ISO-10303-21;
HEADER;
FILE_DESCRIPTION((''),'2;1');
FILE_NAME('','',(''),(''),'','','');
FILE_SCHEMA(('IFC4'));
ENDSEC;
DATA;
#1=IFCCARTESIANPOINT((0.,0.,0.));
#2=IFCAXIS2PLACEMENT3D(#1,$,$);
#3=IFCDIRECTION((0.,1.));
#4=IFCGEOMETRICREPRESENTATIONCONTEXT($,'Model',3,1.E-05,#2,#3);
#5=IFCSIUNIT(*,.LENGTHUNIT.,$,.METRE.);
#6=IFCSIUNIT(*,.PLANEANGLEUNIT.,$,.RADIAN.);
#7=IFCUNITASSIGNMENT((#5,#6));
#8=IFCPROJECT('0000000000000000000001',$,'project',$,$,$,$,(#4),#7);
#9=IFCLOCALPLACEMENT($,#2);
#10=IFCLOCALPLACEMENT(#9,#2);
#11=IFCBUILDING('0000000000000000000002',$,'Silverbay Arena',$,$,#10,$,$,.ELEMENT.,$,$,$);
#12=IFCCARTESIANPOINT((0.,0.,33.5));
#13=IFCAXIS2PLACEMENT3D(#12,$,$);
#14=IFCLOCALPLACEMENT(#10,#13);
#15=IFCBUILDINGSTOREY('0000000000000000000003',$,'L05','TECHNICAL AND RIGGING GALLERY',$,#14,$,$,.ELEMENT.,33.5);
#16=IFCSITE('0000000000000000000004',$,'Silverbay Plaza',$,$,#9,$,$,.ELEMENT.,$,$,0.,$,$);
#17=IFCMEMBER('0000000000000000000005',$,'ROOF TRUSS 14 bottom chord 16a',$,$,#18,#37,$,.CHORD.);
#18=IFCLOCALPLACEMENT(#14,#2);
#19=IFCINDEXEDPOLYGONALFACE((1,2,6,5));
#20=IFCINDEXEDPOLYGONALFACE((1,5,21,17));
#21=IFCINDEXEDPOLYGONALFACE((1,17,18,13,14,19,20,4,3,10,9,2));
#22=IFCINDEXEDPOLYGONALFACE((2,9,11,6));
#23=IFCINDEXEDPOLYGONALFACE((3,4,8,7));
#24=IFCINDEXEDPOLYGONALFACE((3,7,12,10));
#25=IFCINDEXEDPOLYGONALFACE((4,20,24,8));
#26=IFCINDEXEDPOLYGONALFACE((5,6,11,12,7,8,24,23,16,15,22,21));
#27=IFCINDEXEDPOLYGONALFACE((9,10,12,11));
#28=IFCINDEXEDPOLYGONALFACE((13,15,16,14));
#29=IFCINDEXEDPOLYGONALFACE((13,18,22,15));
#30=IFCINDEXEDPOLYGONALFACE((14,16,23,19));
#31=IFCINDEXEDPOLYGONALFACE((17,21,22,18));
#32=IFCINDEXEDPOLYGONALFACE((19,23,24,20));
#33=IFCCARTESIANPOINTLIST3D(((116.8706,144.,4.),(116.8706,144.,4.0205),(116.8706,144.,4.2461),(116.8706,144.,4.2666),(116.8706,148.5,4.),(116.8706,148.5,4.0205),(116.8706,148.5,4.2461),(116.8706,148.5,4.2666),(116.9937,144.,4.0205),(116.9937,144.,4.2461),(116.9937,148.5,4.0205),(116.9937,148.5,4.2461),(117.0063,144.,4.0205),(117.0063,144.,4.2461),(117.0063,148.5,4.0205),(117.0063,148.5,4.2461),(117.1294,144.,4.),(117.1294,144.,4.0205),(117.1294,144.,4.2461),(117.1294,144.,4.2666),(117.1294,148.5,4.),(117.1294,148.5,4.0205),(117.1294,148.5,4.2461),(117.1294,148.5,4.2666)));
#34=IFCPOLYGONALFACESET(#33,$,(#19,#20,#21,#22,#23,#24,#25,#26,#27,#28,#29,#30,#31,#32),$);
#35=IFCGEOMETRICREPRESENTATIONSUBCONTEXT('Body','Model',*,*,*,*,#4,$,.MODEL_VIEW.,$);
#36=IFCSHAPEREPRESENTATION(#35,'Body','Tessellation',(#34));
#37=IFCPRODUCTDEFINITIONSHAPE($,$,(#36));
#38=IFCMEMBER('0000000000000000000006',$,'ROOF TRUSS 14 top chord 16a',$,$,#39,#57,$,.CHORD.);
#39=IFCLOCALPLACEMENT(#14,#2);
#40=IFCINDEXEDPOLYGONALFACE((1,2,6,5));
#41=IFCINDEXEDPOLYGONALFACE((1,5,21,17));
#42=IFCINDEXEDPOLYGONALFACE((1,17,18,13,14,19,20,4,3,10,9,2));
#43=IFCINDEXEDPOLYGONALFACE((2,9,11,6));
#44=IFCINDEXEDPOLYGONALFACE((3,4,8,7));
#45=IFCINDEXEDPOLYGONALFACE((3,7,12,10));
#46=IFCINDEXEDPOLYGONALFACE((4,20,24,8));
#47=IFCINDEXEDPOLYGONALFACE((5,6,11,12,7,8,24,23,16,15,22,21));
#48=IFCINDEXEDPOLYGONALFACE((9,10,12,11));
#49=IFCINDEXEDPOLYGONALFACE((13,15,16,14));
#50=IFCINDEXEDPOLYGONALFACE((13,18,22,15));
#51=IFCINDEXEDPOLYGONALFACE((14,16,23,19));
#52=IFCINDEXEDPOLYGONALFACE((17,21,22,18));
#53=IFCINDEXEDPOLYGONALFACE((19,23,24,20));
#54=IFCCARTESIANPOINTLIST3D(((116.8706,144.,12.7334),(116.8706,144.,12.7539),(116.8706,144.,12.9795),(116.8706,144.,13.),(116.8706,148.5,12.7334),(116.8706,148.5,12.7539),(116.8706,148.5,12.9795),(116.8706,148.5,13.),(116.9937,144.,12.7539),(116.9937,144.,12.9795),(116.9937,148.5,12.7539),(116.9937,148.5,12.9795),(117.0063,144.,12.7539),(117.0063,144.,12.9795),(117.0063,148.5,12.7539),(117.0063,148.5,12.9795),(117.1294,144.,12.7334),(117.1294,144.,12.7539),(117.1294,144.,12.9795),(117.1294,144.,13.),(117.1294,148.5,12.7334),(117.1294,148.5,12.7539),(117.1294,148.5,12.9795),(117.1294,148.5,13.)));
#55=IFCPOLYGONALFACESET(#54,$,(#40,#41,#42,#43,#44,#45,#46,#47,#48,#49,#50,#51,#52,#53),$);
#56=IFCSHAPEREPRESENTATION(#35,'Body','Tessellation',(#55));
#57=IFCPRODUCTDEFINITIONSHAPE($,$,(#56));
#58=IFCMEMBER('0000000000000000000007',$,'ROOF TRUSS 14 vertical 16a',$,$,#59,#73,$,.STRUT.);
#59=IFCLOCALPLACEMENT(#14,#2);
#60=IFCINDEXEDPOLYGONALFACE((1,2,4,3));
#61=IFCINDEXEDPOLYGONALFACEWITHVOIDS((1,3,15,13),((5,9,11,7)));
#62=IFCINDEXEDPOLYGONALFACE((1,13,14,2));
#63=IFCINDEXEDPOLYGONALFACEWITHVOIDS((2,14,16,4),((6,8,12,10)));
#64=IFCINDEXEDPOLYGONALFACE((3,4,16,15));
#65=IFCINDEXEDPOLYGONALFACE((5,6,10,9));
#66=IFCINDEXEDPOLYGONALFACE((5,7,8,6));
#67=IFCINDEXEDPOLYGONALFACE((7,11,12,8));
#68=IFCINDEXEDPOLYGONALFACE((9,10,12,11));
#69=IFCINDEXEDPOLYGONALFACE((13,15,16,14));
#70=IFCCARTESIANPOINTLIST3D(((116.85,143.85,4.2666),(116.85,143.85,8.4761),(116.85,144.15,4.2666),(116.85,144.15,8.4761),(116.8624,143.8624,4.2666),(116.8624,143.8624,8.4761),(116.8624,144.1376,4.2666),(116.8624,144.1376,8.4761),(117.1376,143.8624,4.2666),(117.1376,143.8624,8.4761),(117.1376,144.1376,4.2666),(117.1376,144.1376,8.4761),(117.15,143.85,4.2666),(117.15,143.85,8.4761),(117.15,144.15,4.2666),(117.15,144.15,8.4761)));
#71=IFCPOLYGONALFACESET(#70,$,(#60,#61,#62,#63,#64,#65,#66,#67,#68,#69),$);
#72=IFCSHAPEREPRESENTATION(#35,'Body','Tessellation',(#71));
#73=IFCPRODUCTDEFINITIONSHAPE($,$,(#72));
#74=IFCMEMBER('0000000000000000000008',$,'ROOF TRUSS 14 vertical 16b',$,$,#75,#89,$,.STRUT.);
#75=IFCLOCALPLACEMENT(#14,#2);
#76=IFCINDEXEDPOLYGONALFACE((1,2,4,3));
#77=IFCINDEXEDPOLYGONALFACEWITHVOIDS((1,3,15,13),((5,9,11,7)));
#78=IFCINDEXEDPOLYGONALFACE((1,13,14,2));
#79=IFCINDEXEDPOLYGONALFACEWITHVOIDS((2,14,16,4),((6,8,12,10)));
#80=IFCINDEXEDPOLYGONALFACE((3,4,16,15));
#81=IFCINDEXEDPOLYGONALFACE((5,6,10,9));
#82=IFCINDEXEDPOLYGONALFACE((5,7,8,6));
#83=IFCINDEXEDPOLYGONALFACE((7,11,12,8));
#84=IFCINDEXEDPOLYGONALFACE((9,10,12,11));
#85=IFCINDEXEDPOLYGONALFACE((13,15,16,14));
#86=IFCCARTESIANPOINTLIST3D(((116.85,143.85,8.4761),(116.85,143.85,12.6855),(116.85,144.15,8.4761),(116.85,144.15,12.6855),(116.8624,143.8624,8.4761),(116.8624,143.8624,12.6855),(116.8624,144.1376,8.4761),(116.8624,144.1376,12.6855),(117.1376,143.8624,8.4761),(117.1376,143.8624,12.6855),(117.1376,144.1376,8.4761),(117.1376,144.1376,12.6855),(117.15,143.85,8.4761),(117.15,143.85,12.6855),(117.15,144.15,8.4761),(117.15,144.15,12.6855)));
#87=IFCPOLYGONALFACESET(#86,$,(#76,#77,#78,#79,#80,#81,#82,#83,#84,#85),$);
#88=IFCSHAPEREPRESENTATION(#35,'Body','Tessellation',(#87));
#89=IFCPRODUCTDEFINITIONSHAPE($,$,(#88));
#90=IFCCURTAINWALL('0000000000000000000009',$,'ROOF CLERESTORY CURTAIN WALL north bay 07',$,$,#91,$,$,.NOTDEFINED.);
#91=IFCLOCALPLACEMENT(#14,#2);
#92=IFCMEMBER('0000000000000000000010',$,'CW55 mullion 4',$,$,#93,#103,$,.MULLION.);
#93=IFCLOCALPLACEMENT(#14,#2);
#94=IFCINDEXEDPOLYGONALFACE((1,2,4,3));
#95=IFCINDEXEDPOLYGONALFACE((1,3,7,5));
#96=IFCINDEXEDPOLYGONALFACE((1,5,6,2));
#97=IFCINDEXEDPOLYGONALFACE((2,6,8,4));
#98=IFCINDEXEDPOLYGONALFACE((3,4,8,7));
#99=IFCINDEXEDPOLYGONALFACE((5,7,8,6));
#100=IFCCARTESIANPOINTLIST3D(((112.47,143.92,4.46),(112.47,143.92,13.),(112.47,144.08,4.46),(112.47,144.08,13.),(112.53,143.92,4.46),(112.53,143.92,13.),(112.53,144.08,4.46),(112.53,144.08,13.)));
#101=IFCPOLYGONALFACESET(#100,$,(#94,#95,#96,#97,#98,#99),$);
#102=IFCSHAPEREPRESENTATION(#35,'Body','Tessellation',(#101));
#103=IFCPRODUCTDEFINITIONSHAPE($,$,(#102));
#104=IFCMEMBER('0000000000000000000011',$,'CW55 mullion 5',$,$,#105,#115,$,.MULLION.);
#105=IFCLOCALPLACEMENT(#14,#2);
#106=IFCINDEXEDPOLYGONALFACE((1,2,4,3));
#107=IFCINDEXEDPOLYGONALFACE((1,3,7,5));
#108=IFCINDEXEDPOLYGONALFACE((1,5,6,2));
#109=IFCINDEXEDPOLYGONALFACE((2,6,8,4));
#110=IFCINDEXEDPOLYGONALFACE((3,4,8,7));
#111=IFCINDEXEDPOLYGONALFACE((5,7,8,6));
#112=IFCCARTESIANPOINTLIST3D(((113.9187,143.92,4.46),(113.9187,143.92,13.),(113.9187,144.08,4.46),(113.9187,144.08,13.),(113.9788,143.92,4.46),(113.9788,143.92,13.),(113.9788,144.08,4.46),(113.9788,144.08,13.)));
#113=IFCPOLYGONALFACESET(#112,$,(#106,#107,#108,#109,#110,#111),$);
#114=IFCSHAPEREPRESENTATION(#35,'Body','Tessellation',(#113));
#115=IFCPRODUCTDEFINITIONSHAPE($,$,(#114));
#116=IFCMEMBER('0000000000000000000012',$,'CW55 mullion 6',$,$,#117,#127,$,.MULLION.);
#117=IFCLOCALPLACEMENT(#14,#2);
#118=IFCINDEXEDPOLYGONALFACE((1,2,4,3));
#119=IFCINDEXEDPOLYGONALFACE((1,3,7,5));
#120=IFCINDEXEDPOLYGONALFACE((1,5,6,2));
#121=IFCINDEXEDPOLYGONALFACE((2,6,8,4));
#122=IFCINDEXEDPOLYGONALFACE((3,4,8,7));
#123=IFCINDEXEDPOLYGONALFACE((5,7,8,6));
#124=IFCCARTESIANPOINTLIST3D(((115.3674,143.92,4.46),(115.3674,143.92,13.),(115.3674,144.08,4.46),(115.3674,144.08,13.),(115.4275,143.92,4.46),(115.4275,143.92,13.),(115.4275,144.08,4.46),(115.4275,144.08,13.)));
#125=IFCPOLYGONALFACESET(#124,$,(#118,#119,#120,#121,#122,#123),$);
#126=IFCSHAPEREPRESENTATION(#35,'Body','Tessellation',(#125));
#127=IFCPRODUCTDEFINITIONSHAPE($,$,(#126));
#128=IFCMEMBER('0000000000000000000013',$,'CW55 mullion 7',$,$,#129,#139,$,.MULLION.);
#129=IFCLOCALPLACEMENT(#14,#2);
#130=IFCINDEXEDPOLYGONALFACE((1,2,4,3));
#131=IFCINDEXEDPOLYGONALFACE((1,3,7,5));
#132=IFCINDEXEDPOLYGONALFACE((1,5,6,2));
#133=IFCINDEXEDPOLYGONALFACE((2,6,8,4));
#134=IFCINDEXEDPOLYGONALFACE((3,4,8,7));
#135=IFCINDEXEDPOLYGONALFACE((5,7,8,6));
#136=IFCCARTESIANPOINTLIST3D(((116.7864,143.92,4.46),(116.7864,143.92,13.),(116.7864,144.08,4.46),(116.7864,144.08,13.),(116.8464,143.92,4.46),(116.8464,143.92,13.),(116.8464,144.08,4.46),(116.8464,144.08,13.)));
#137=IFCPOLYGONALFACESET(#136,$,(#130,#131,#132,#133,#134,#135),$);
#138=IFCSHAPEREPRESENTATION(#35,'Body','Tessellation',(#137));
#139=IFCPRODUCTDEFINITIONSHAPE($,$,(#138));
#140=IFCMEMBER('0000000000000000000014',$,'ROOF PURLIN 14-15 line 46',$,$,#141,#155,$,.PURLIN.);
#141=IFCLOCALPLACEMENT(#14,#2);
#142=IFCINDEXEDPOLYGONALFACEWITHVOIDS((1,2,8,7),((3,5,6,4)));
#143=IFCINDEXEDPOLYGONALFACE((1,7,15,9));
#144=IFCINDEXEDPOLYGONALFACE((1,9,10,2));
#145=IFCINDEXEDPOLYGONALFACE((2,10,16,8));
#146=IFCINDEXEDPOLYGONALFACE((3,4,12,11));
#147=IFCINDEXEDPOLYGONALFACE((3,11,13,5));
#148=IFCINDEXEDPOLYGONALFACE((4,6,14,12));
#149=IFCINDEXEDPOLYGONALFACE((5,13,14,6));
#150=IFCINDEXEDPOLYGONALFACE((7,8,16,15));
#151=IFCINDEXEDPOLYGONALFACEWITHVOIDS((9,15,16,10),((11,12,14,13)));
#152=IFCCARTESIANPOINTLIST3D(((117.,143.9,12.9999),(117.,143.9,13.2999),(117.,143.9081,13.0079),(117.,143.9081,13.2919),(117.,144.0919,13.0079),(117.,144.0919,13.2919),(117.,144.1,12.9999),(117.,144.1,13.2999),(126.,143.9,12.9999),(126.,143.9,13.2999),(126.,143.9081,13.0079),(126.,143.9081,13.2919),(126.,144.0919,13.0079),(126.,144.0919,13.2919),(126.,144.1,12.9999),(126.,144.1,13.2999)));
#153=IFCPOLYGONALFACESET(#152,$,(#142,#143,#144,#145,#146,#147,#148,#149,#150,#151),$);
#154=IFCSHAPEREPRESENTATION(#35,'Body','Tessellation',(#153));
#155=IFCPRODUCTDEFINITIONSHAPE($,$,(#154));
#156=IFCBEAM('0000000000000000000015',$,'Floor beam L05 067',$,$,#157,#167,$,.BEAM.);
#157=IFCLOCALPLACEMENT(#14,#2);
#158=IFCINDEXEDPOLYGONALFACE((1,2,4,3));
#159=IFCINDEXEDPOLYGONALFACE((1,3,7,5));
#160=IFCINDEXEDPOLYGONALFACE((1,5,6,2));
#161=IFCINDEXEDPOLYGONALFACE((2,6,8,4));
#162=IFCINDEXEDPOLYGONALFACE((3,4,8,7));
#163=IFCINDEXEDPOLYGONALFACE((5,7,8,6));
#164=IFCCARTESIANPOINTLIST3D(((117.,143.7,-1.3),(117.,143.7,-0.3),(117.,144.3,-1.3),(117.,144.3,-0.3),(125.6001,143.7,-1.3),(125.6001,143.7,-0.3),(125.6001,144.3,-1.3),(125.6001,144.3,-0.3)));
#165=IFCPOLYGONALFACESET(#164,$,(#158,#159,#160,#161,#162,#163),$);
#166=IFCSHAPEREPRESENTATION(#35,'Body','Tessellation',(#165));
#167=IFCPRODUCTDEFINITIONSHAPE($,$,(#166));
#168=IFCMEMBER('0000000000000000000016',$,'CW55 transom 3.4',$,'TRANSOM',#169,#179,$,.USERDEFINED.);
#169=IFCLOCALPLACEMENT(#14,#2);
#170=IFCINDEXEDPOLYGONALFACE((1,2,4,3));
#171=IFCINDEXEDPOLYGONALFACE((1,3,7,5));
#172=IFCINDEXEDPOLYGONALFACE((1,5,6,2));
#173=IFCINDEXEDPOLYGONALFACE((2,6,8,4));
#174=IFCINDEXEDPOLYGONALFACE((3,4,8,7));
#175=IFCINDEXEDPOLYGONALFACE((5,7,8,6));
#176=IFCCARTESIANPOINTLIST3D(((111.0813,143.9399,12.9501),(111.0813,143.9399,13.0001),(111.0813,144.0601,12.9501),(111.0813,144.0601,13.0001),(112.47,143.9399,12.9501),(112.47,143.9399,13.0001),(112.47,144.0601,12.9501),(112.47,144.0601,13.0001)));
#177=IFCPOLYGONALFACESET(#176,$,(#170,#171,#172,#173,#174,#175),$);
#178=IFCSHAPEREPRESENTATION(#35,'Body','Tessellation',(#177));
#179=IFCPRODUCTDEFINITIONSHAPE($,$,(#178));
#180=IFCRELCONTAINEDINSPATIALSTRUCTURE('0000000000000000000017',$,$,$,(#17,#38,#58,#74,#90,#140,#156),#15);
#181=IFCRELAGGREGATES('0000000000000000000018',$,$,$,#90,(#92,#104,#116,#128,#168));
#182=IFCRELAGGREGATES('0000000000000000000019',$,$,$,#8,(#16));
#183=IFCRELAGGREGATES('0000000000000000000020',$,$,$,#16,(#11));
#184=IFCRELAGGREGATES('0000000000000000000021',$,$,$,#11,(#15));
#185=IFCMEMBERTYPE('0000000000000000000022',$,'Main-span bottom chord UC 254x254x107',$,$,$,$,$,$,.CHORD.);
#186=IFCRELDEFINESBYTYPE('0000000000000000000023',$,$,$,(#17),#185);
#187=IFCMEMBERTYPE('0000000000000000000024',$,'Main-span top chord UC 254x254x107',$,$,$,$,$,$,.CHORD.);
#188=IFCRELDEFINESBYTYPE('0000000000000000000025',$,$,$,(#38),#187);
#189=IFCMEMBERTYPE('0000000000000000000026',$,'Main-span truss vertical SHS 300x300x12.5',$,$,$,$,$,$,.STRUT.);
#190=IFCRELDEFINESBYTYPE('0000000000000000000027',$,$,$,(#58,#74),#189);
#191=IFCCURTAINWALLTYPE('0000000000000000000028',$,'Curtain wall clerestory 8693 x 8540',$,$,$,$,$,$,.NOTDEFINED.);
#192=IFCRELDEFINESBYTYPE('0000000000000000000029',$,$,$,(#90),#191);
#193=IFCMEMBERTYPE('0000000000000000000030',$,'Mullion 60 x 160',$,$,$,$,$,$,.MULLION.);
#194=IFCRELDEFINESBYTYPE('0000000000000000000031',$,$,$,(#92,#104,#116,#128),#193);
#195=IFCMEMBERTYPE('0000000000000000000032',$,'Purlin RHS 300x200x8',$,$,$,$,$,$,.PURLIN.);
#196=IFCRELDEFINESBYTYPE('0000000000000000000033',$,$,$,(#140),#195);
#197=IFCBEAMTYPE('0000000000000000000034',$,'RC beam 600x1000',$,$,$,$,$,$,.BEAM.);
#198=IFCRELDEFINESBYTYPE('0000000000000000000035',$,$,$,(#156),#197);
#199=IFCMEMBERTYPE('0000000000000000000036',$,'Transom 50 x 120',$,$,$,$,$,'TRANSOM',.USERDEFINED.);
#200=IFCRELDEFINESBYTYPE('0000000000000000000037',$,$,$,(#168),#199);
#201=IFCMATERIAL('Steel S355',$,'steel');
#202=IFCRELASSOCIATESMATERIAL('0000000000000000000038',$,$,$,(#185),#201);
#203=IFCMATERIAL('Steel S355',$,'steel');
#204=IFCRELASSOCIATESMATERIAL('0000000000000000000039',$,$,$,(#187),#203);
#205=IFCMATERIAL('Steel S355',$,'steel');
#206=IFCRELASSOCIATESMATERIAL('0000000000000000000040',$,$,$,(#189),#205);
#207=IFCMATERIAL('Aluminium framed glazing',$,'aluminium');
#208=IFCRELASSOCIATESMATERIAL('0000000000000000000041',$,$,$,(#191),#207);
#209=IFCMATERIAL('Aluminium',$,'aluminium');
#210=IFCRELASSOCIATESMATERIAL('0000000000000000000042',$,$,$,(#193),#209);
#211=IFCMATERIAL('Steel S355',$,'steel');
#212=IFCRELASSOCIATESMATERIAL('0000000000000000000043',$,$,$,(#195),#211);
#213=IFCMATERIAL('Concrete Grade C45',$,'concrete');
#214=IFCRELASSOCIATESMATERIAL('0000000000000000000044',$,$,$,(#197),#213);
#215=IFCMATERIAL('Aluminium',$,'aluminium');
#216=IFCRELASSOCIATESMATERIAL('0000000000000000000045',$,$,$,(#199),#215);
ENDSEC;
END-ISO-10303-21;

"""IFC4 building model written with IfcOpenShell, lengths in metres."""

from ifc_helpers import new_model, si_unit, direction, frame, origin, origin_2d, place, context, subcontext, project, spatial, rectangle, hollow_rectangle, i_section, extrude, material, material_profile, profile_set, type_object, element, aggregate, save


model = new_model("IFC4")

# Units and contexts
model_context = context("Model", 3, precision=1e-05, world=origin(), true_north=direction((0.0, 1.0)))
body_context = subcontext(model_context, "Body", "Model", "MODEL_VIEW")
ifc_project = project(units=[si_unit("LENGTHUNIT", "METRE"), si_unit("PLANEANGLEUNIT", "RADIAN")], contexts=[model_context])

# Site, building, storey
site_placement = place(None, origin())
site = spatial("IfcSite", under=ifc_project, at=site_placement, Name="Silverbay Plaza", CompositionType="ELEMENT", RefElevation=0.0)
building_placement = place(site_placement, origin())
building = spatial("IfcBuilding", under=site, at=building_placement, Name="Silverbay Arena", CompositionType="ELEMENT")
storey_placement = place(building_placement, frame((0.0, 0.0, 33.5)))
storey = spatial("IfcBuildingStorey", under=building, at=storey_placement, Name="L05", Description="TECHNICAL AND RIGGING GALLERY", CompositionType="ELEMENT", Elevation=33.5)

# Members
ifc_material_1 = material(Name="Steel S355", Category="steel")
ifc_material_profile_1 = material_profile(ifc_material_1, i_section(OverallWidth=0.2588, OverallDepth=0.2666, WebThickness=0.0127, FlangeThickness=0.0205, at=origin_2d()), Name="UC 254x254x107")
ifc_profile_set_1 = profile_set([ifc_material_profile_1], Name="Steel S355")
member_type_1 = type_object("IfcMemberType", Name="Main-span bottom chord UC 254x254x107", PredefinedType="CHORD", material=ifc_profile_set_1)
member_1_placement = place(storey_placement, frame((117.0, 144.0, 4.1333), z_axis=(0.0, 1.0, 0.0), x_axis=(-1.0, 0.0, 0.0)))
element("IfcMember", 1, at=member_1_placement, inside=storey, type_object=member_type_1, Name="ROOF TRUSS 14 bottom chord 16a", PredefinedType="CHORD", context=body_context, shape_type="SweptSolid", body=[
    extrude(i_section(OverallWidth=0.2588, OverallDepth=0.2666, WebThickness=0.0127, FlangeThickness=0.0205, at=origin_2d()), origin(), (0.0, 0.0, 1.0), 4.5),
])
ifc_material_2 = material(Name="Steel S355", Category="steel")
ifc_material_profile_2 = material_profile(ifc_material_2, i_section(OverallWidth=0.2588, OverallDepth=0.2666, WebThickness=0.0127, FlangeThickness=0.0205, at=origin_2d()), Name="UC 254x254x107")
ifc_profile_set_2 = profile_set([ifc_material_profile_2], Name="Steel S355")
member_type_2 = type_object("IfcMemberType", Name="Main-span top chord UC 254x254x107", PredefinedType="CHORD", material=ifc_profile_set_2)
member_2_placement = place(storey_placement, frame((117.0, 144.0, 12.8667), z_axis=(0.0, 1.0, 0.0), x_axis=(-1.0, 0.0, 0.0)))
element("IfcMember", 2, at=member_2_placement, inside=storey, type_object=member_type_2, Name="ROOF TRUSS 14 top chord 16a", PredefinedType="CHORD", context=body_context, shape_type="SweptSolid", body=[
    extrude(i_section(OverallWidth=0.2588, OverallDepth=0.2666, WebThickness=0.0127, FlangeThickness=0.0205, at=origin_2d()), origin(), (0.0, 0.0, 1.0), 4.5),
])
ifc_material_3 = material(Name="Steel S355", Category="steel")
ifc_material_profile_3 = material_profile(ifc_material_3, hollow_rectangle(XDim=0.3, YDim=0.3, WallThickness=0.0125, at=origin_2d()), Name="SHS 300x300x12.5")
ifc_profile_set_3 = profile_set([ifc_material_profile_3], Name="Steel S355")
member_type_3 = type_object("IfcMemberType", Name="Main-span truss vertical SHS 300x300x12.5", PredefinedType="STRUT", material=ifc_profile_set_3)
for number, where, z_axis, x_axis, name in (
    (3, (117.0, 144.0, 4.2666), (0.0, 0.0, 1.0), (1.0, 0.0, 0.0), "ROOF TRUSS 14 vertical 16a"),
    (4, (117.0, 144.0, 8.4761), (0.0, 0.0, 1.0), (1.0, 0.0, 0.0), "ROOF TRUSS 14 vertical 16b"),
):
    element("IfcMember", number, at=place(storey_placement, frame(where, z_axis=z_axis, x_axis=x_axis)), inside=storey, type_object=member_type_3, Name=name, PredefinedType="STRUT", context=body_context, shape_type="SweptSolid", body=[
        extrude(hollow_rectangle(XDim=0.3, YDim=0.3, WallThickness=0.0125, at=origin_2d()), origin(), (0.0, 0.0, 1.0), 4.2095),
    ])

# Curtain wall, members
ifc_material_4 = material(Name="Aluminium framed glazing", Category="aluminium")
curtain_wall_type = type_object("IfcCurtainWallType", Name="Curtain wall clerestory 8693 x 8540", PredefinedType="NOTDEFINED", material=ifc_material_4)
curtain_wall_placement = place(storey_placement, origin())
curtain_wall = element("IfcCurtainWall", 5, at=curtain_wall_placement, inside=storey, type_object=curtain_wall_type, Name="ROOF CLERESTORY CURTAIN WALL north bay 07", PredefinedType="NOTDEFINED")
ifc_material_5 = material(Name="Aluminium", Category="aluminium")
ifc_material_profile_4 = material_profile(ifc_material_5, rectangle(XDim=0.1599, YDim=0.0601, at=origin_2d()), Name="Mullion 60 x 160")
ifc_profile_set_4 = profile_set([ifc_material_profile_4], Name="Aluminium")
member_type_4 = type_object("IfcMemberType", Name="Mullion 60 x 160", PredefinedType="MULLION", material=ifc_profile_set_4)
member_3_placement = place(storey_placement, frame((112.5, 144.0, 4.46), z_axis=(0.0, 0.0, 1.0), x_axis=(0.0, 1.0, 0.0)))
member_3 = element("IfcMember", 6, at=member_3_placement, type_object=member_type_4, Name="CW55 mullion 4", PredefinedType="MULLION", context=body_context, shape_type="SweptSolid", body=[
    extrude(rectangle(XDim=0.1599, YDim=0.0601, at=origin_2d()), origin(), (0.0, 0.0, 1.0), 8.54),
])
member_4_placement = place(storey_placement, frame((113.9487, 144.0, 4.46), z_axis=(0.0, 0.0, 1.0), x_axis=(0.0, 1.0, 0.0)))
member_4 = element("IfcMember", 7, at=member_4_placement, type_object=member_type_4, Name="CW55 mullion 5", PredefinedType="MULLION", context=body_context, shape_type="SweptSolid", body=[
    extrude(rectangle(XDim=0.1599, YDim=0.0601, at=origin_2d()), origin(), (0.0, 0.0, 1.0), 8.54),
])
member_5_placement = place(storey_placement, frame((115.3975, 144.0, 4.46), z_axis=(0.0, 0.0, 1.0), x_axis=(0.0, 1.0, 0.0)))
member_5 = element("IfcMember", 8, at=member_5_placement, type_object=member_type_4, Name="CW55 mullion 6", PredefinedType="MULLION", context=body_context, shape_type="SweptSolid", body=[
    extrude(rectangle(XDim=0.1599, YDim=0.0601, at=origin_2d()), origin(), (0.0, 0.0, 1.0), 8.54),
])
member_6_placement = place(storey_placement, frame((116.8164, 144.0, 4.46), z_axis=(0.0, 0.0, 1.0), x_axis=(0.0, 1.0, 0.0)))
member_6 = element("IfcMember", 9, at=member_6_placement, type_object=member_type_4, Name="CW55 mullion 7", PredefinedType="MULLION", context=body_context, shape_type="SweptSolid", body=[
    extrude(rectangle(XDim=0.1599, YDim=0.0601, at=origin_2d()), origin(), (0.0, 0.0, 1.0), 8.54),
])

# Member
ifc_material_6 = material(Name="Steel S355", Category="steel")
ifc_material_profile_5 = material_profile(ifc_material_6, hollow_rectangle(XDim=0.2, YDim=0.3, WallThickness=0.0081, at=origin_2d()), Name="RHS 300x200x8")
ifc_profile_set_5 = profile_set([ifc_material_profile_5], Name="Steel S355")
member_type_5 = type_object("IfcMemberType", Name="Purlin RHS 300x200x8", PredefinedType="PURLIN", material=ifc_profile_set_5)
member_7_placement = place(storey_placement, frame((117.0, 144.0, 13.1499), z_axis=(1.0, 0.0, 0.0), x_axis=(0.0, 1.0, 0.0)))
element("IfcMember", 10, at=member_7_placement, inside=storey, type_object=member_type_5, Name="ROOF PURLIN 14-15 line 46", PredefinedType="PURLIN", context=body_context, shape_type="SweptSolid", body=[
    extrude(hollow_rectangle(XDim=0.2, YDim=0.3, WallThickness=0.0081, at=origin_2d()), origin(), (0.0, 0.0, 1.0), 9.0),
])

# Beam
ifc_material_7 = material(Name="Concrete Grade C45", Category="concrete")
ifc_material_profile_6 = material_profile(ifc_material_7, rectangle(XDim=0.6001, YDim=1.0, at=origin_2d()), Name="RC 600x1000")
ifc_profile_set_6 = profile_set([ifc_material_profile_6], Name="Concrete Grade C45")
beam_type = type_object("IfcBeamType", Name="RC beam 600x1000", PredefinedType="BEAM", material=ifc_profile_set_6)
beam_placement = place(storey_placement, frame((117.0, 144.0, -0.8), z_axis=(1.0, 0.0, 0.0), x_axis=(0.0, 1.0, 0.0)))
element("IfcBeam", 11, at=beam_placement, inside=storey, type_object=beam_type, Name="Floor beam L05 067", PredefinedType="BEAM", context=body_context, shape_type="SweptSolid", body=[
    extrude(rectangle(XDim=0.6001, YDim=1.0, at=origin_2d()), origin(), (0.0, 0.0, 1.0), 8.6001),
])

# Member
ifc_material_8 = material(Name="Aluminium", Category="aluminium")
ifc_material_profile_7 = material_profile(ifc_material_8, rectangle(XDim=0.1201, YDim=0.05, at=origin_2d()), Name="Transom 50 x 120")
ifc_profile_set_7 = profile_set([ifc_material_profile_7], Name="Aluminium")
member_type_6 = type_object("IfcMemberType", Name="Transom 50 x 120", ElementType="TRANSOM", PredefinedType="USERDEFINED", material=ifc_profile_set_7)
member_8_placement = place(storey_placement, frame((111.0813, 144.0, 12.9751), z_axis=(1.0, 0.0, 0.0), x_axis=(0.0, 1.0, 0.0)))
member_8 = element("IfcMember", 12, at=member_8_placement, type_object=member_type_6, Name="CW55 transom 3.4", ObjectType="TRANSOM", PredefinedType="USERDEFINED", context=body_context, shape_type="SweptSolid", body=[
    extrude(rectangle(XDim=0.1201, YDim=0.05, at=origin_2d()), origin(), (0.0, 0.0, 1.0), 1.3887),
])

aggregate(curtain_wall, [member_3, member_4, member_5, member_6, member_8])

save(model, "model.ifc")
